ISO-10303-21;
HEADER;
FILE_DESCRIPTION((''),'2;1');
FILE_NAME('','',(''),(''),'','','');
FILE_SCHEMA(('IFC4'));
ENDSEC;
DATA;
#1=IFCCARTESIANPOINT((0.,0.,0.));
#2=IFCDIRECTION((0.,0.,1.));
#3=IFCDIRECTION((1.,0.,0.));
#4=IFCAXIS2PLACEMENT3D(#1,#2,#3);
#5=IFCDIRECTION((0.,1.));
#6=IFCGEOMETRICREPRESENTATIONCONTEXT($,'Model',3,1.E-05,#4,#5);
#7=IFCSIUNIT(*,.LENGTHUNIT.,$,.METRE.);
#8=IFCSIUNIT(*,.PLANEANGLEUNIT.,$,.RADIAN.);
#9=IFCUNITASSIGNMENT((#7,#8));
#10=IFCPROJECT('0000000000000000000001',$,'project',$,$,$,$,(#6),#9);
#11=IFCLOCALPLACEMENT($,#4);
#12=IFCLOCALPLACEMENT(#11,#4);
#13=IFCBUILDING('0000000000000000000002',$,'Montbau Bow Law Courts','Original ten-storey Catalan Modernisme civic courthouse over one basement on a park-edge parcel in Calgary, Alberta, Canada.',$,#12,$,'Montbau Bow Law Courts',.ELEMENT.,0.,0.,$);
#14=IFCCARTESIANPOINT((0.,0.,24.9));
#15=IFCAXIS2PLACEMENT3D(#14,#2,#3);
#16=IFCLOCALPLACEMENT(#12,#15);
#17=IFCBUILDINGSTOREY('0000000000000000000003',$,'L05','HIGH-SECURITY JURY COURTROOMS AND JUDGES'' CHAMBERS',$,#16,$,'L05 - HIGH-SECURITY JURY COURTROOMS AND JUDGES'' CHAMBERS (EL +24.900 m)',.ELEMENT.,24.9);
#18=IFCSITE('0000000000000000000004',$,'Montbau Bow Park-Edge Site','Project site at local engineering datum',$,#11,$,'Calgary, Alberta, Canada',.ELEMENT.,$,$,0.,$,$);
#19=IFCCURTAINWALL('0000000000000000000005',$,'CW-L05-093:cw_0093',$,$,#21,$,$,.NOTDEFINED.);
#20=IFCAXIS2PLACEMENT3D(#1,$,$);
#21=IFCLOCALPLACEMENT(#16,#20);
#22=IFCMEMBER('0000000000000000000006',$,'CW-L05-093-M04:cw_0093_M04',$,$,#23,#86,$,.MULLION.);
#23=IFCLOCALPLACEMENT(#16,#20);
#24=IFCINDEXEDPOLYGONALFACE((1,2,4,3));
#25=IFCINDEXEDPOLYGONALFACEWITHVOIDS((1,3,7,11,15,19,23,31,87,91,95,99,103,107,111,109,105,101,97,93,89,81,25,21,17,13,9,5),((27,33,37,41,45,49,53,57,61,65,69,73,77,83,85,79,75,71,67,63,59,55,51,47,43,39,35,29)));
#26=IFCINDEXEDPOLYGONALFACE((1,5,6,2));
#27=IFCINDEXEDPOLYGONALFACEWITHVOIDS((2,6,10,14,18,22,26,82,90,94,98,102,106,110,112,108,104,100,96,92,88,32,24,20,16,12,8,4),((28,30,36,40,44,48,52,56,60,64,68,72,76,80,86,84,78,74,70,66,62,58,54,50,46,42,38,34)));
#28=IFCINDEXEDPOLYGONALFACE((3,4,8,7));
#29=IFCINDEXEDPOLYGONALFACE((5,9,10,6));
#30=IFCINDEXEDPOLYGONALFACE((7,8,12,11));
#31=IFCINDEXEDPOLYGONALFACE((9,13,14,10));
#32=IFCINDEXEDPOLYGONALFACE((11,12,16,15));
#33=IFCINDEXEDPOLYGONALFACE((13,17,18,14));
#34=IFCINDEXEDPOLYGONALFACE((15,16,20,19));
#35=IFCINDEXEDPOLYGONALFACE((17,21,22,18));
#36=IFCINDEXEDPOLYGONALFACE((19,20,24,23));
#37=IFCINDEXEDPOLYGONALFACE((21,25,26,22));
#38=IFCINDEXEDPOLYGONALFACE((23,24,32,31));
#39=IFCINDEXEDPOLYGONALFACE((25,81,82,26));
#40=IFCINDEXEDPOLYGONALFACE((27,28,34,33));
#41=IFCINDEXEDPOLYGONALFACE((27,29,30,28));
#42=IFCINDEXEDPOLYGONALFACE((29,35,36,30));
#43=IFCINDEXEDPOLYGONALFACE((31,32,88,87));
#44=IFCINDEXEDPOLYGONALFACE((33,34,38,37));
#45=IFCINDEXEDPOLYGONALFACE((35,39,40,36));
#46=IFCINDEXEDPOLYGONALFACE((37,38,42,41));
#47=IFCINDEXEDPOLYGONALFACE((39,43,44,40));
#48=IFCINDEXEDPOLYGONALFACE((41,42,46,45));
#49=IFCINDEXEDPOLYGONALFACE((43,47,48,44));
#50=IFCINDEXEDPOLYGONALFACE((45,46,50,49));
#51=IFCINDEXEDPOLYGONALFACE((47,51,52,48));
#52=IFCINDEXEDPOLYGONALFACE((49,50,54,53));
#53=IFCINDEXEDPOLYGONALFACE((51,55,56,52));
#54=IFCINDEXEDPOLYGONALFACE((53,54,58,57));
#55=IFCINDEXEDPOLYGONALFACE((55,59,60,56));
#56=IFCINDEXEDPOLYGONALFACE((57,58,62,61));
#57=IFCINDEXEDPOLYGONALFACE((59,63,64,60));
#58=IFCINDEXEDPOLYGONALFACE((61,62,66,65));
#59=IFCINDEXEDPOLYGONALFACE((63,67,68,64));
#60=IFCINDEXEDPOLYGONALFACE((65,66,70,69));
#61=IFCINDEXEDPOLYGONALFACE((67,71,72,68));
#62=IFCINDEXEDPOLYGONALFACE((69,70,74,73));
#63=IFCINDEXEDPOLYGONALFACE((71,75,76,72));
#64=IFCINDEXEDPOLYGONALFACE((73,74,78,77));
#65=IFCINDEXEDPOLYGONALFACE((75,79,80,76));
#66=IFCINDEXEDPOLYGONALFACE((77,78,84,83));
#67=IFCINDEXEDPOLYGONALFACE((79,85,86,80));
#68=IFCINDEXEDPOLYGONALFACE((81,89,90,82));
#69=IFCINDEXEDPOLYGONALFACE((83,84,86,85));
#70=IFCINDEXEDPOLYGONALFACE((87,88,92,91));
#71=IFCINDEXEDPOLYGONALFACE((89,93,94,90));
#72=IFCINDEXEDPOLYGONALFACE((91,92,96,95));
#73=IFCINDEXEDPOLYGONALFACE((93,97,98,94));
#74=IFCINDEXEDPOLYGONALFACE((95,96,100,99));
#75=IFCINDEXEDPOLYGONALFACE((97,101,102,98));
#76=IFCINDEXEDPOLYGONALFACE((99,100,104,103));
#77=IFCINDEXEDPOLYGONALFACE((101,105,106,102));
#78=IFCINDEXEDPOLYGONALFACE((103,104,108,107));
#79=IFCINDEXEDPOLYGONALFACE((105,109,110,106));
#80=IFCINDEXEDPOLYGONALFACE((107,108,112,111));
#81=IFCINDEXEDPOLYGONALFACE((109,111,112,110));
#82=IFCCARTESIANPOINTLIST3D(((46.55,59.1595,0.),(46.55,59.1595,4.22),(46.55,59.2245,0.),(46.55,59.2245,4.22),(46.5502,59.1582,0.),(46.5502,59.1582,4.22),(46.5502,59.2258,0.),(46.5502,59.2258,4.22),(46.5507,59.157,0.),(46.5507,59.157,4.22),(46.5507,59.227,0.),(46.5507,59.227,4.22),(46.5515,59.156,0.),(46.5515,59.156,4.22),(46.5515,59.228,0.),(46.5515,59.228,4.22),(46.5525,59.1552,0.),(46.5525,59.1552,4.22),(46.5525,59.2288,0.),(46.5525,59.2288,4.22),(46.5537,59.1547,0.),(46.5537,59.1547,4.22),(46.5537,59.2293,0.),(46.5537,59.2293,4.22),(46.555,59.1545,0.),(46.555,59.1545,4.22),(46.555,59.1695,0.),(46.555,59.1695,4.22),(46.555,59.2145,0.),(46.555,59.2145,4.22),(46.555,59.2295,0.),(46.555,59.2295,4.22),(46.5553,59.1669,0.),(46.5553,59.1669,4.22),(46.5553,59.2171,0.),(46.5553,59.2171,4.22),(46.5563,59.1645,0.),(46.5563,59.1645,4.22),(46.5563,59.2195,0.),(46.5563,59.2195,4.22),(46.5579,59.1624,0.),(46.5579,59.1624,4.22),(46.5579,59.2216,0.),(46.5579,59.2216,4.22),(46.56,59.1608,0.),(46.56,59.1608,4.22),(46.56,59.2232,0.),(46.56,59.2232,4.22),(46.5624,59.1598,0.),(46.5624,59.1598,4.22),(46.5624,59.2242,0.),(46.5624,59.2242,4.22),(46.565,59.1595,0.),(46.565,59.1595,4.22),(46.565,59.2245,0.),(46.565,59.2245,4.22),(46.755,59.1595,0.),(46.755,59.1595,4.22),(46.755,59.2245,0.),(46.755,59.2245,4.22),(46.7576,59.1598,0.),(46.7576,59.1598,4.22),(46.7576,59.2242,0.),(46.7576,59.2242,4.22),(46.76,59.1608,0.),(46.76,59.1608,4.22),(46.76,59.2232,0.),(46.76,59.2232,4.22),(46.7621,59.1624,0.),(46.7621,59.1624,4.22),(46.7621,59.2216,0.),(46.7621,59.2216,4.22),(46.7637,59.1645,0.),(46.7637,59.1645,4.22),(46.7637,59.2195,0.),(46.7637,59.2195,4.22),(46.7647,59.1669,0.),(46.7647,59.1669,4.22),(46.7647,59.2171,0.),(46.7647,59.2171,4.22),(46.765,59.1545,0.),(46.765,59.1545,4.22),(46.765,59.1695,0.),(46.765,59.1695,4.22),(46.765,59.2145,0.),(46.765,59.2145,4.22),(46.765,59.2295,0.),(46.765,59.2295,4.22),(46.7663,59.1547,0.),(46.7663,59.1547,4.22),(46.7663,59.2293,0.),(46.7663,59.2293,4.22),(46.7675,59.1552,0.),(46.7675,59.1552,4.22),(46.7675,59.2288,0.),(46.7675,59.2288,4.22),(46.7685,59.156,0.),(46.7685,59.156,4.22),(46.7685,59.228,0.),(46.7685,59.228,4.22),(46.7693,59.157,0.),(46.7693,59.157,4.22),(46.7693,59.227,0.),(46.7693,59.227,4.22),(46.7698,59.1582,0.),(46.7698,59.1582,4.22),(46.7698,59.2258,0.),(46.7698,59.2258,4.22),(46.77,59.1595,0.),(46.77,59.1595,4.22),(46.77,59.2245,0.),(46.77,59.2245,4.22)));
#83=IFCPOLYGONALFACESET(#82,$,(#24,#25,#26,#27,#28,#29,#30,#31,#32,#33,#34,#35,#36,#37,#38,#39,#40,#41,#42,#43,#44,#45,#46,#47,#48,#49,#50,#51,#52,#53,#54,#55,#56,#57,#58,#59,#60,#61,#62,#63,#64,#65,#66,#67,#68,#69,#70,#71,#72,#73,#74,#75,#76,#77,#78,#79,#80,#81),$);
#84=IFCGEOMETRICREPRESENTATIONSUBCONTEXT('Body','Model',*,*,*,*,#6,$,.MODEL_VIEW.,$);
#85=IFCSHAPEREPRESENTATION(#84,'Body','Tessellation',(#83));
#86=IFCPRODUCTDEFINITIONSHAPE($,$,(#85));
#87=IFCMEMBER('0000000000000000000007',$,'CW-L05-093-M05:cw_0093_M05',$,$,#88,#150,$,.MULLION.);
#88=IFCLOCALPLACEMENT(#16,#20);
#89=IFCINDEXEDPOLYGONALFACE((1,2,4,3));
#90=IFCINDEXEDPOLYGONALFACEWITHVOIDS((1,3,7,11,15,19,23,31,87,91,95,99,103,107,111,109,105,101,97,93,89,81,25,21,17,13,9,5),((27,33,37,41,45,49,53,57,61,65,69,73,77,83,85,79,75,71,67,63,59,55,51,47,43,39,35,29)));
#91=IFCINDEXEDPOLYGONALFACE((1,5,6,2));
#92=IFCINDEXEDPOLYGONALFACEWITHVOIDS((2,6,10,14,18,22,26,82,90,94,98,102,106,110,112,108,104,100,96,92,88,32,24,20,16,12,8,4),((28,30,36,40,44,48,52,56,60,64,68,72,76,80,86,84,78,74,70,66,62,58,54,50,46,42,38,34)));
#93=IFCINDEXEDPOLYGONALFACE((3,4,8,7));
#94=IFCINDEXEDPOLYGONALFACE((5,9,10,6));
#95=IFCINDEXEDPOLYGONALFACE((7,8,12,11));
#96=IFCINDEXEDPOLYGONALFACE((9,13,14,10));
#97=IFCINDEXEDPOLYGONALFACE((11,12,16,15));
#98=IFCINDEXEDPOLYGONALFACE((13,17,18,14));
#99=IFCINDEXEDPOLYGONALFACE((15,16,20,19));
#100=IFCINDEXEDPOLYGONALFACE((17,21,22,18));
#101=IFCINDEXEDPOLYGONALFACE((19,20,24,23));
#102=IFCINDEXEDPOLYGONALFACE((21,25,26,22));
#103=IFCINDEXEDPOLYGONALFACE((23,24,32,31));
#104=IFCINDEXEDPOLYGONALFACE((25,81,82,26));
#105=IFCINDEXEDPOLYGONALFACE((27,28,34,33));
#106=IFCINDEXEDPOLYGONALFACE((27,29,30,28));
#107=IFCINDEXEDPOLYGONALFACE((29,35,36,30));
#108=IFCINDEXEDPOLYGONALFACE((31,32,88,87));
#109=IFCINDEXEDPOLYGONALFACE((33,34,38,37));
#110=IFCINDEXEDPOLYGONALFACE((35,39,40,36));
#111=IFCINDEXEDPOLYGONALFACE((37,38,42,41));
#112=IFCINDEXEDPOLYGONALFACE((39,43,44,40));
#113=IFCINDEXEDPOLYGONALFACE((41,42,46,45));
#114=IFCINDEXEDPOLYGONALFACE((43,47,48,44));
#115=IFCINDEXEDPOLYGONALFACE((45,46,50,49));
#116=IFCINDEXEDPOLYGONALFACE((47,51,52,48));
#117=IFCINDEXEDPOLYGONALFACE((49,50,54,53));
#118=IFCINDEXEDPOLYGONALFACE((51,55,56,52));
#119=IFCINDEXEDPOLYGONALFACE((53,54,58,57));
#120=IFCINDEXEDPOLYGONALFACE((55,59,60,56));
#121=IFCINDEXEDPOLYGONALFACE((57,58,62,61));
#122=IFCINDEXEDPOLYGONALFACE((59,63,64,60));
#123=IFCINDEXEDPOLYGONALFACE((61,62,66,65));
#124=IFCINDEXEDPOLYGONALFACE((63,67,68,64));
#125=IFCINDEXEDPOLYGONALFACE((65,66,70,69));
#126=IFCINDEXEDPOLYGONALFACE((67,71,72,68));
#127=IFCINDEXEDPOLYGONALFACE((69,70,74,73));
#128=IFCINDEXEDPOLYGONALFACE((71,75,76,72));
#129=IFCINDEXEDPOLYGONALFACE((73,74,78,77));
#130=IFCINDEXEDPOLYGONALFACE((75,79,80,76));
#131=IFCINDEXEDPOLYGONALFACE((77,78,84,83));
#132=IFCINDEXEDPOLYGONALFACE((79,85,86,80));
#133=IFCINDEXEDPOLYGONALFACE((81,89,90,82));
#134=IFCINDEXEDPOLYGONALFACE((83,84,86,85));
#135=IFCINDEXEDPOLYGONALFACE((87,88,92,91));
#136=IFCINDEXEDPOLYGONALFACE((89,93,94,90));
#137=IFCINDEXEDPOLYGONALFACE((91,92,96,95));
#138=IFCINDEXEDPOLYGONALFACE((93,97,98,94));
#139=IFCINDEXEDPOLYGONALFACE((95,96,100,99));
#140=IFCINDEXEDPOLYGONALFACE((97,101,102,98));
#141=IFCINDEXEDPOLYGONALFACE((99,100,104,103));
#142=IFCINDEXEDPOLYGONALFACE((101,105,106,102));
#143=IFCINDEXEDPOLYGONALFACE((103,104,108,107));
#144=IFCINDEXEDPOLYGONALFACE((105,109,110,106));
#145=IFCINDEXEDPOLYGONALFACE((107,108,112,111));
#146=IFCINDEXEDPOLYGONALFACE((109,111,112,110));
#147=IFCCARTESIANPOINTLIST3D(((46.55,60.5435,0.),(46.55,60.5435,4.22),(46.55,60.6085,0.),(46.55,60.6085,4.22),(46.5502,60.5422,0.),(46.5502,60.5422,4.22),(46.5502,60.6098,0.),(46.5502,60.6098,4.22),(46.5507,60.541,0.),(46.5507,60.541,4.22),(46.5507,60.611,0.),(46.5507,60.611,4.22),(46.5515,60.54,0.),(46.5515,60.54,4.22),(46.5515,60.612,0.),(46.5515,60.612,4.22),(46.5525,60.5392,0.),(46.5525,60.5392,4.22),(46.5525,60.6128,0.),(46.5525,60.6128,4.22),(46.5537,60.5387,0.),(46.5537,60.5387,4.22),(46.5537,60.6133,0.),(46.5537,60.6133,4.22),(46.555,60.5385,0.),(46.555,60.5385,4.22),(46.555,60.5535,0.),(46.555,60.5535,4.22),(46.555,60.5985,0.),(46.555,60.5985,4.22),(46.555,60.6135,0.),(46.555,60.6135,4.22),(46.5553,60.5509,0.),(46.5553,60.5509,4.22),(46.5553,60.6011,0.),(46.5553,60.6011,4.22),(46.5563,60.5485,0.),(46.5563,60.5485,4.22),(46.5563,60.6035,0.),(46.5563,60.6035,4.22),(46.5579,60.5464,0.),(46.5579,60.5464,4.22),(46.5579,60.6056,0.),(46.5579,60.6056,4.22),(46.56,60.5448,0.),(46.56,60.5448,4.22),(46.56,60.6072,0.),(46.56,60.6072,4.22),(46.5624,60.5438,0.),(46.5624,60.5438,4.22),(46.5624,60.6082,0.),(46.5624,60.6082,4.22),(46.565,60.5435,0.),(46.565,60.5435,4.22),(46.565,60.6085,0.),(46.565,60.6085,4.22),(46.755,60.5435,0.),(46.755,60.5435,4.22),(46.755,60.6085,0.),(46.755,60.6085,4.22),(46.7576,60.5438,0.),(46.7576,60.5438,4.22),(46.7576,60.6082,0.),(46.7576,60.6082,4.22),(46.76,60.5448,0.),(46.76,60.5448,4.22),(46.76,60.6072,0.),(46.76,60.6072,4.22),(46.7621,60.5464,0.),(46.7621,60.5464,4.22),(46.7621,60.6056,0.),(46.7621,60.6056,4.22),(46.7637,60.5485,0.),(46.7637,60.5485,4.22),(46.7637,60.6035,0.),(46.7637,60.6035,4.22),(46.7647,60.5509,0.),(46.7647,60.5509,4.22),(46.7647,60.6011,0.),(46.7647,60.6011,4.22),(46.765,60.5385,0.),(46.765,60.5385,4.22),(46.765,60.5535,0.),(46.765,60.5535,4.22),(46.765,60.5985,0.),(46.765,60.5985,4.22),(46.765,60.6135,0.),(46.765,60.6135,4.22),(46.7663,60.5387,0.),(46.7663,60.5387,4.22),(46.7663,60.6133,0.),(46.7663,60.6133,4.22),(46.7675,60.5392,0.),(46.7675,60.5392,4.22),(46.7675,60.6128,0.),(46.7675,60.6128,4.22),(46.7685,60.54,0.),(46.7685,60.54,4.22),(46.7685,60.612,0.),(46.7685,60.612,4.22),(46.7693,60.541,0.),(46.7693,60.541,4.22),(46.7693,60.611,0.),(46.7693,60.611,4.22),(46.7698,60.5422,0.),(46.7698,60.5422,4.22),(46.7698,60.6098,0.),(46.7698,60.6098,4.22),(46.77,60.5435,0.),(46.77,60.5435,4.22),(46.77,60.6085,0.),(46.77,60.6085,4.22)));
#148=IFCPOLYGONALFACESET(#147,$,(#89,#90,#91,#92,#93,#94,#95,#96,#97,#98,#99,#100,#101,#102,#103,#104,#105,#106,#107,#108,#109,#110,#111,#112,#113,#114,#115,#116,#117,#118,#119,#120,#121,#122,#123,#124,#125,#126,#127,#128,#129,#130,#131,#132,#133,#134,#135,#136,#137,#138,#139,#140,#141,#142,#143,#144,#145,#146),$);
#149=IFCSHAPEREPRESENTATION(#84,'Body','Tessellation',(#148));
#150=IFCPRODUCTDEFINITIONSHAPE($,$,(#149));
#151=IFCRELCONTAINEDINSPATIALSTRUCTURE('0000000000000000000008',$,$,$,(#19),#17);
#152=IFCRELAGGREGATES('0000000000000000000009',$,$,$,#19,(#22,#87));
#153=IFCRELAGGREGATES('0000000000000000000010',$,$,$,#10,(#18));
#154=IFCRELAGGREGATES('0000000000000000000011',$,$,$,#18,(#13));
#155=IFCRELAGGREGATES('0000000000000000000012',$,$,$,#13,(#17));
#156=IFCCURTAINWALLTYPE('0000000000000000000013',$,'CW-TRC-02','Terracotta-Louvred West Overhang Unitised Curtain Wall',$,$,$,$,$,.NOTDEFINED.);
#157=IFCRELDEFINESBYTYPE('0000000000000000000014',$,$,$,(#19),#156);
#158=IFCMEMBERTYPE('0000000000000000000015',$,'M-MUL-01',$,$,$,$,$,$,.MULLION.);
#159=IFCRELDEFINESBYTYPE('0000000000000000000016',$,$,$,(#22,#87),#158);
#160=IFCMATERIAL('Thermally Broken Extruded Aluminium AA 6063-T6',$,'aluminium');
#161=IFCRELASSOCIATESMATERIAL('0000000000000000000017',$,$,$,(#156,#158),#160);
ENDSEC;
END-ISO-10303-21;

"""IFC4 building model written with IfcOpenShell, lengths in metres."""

from ifc_helpers import new_model, si_unit, direction, frame, origin_with_axes, origin_2d_with_axis, place, context, subcontext, project, spatial, hollow_rectangle, extrude, material, material_profile, profile_set, type_object, element, aggregate, save


model = new_model("IFC4")

# Units and contexts
model_context = context("Model", 3, precision=1e-05, world=origin_with_axes(), true_north=direction((0.0, 1.0)))
body_context = subcontext(model_context, "Body", "Model", "MODEL_VIEW")
ifc_project = project(units=[si_unit("LENGTHUNIT", "METRE"), si_unit("PLANEANGLEUNIT", "RADIAN")], contexts=[model_context])

# Site, building, storey
site_placement = place(None, origin_with_axes())
site = spatial("IfcSite", under=ifc_project, at=site_placement, Name="Montbau Bow Park-Edge Site", Description="Project site at local engineering datum", LongName="Calgary, Alberta, Canada", CompositionType="ELEMENT", RefElevation=0.0)
building_placement = place(site_placement, origin_with_axes())
building = spatial("IfcBuilding", under=site, at=building_placement, Name="Montbau Bow Law Courts", Description="Original ten-storey Catalan Modernisme civic courthouse over one basement on a park-edge parcel in Calgary, Alberta, Canada.", LongName="Montbau Bow Law Courts", CompositionType="ELEMENT", ElevationOfRefHeight=0.0, ElevationOfTerrain=0.0)
storey_placement = place(building_placement, frame((0.0, 0.0, 24.9), z_axis=(0.0, 0.0, 1.0), x_axis=(1.0, 0.0, 0.0)))
storey = spatial("IfcBuildingStorey", under=building, at=storey_placement, Name="L05", Description="HIGH-SECURITY JURY COURTROOMS AND JUDGES' CHAMBERS", LongName="L05 - HIGH-SECURITY JURY COURTROOMS AND JUDGES' CHAMBERS (EL +24.900 m)", CompositionType="ELEMENT", Elevation=24.9)

# Curtain wall, members
ifc_material_1 = material(Name="Thermally Broken Extruded Aluminium AA 6063-T6", Category="aluminium")
curtain_wall_type = type_object("IfcCurtainWallType", Name="CW-TRC-02", Description="Terracotta-Louvred West Overhang Unitised Curtain Wall", PredefinedType="NOTDEFINED", material=ifc_material_1)
curtain_wall_placement = place(None, frame((46.66, 55.04, 24.9), z_axis=(0.0, 0.0, 1.0), x_axis=(1.0, 0.0, 0.0)))
curtain_wall = element("IfcCurtainWall", 1, at=curtain_wall_placement, inside=storey, type_object=curtain_wall_type, Name="CW-L05-093:cw_0093", PredefinedType="NOTDEFINED")
ifc_material_profile_1 = material_profile(ifc_material_1, hollow_rectangle(XDim=0.075, YDim=0.22, WallThickness=0.005, InnerFilletRadius=0.01, OuterFilletRadius=0.005, at=origin_2d_with_axis()), Name="CWM-220X75", Category="Main", Priority=0)
ifc_profile_set_1 = profile_set([ifc_material_profile_1], Name="Thermally Broken Extruded Aluminium AA 6063-T6")
member_type_1 = type_object("IfcMemberType", Name="M-MUL-01", PredefinedType="MULLION", material=ifc_profile_set_1)
member_1_placement = place(None, frame((46.66, 59.192, 24.9), z_axis=(0.0, 0.0, 1.0), x_axis=(0.0, 1.0, 0.0)))
member_1 = element("IfcMember", 2, at=member_1_placement, type_object=member_type_1, Name="CW-L05-093-M04:cw_0093_M04", PredefinedType="MULLION", context=body_context, shape_type="SweptSolid", body=[
    extrude(hollow_rectangle(XDim=0.075, YDim=0.22, WallThickness=0.005, InnerFilletRadius=0.01, OuterFilletRadius=0.005, at=origin_2d_with_axis()), origin_with_axes(), (0.0, 0.0, 1.0), 4.22),
])
member_2_placement = place(None, frame((46.66, 60.576, 24.9), z_axis=(0.0, 0.0, 1.0), x_axis=(0.0, 1.0, 0.0)))
member_2 = element("IfcMember", 3, at=member_2_placement, type_object=member_type_1, Name="CW-L05-093-M05:cw_0093_M05", PredefinedType="MULLION", context=body_context, shape_type="SweptSolid", body=[
    extrude(hollow_rectangle(XDim=0.075, YDim=0.22, WallThickness=0.005, InnerFilletRadius=0.01, OuterFilletRadius=0.005, at=origin_2d_with_axis()), origin_with_axes(), (0.0, 0.0, 1.0), 4.22),
])
aggregate(curtain_wall, [member_1, member_2])

save(model, "model.ifc")
